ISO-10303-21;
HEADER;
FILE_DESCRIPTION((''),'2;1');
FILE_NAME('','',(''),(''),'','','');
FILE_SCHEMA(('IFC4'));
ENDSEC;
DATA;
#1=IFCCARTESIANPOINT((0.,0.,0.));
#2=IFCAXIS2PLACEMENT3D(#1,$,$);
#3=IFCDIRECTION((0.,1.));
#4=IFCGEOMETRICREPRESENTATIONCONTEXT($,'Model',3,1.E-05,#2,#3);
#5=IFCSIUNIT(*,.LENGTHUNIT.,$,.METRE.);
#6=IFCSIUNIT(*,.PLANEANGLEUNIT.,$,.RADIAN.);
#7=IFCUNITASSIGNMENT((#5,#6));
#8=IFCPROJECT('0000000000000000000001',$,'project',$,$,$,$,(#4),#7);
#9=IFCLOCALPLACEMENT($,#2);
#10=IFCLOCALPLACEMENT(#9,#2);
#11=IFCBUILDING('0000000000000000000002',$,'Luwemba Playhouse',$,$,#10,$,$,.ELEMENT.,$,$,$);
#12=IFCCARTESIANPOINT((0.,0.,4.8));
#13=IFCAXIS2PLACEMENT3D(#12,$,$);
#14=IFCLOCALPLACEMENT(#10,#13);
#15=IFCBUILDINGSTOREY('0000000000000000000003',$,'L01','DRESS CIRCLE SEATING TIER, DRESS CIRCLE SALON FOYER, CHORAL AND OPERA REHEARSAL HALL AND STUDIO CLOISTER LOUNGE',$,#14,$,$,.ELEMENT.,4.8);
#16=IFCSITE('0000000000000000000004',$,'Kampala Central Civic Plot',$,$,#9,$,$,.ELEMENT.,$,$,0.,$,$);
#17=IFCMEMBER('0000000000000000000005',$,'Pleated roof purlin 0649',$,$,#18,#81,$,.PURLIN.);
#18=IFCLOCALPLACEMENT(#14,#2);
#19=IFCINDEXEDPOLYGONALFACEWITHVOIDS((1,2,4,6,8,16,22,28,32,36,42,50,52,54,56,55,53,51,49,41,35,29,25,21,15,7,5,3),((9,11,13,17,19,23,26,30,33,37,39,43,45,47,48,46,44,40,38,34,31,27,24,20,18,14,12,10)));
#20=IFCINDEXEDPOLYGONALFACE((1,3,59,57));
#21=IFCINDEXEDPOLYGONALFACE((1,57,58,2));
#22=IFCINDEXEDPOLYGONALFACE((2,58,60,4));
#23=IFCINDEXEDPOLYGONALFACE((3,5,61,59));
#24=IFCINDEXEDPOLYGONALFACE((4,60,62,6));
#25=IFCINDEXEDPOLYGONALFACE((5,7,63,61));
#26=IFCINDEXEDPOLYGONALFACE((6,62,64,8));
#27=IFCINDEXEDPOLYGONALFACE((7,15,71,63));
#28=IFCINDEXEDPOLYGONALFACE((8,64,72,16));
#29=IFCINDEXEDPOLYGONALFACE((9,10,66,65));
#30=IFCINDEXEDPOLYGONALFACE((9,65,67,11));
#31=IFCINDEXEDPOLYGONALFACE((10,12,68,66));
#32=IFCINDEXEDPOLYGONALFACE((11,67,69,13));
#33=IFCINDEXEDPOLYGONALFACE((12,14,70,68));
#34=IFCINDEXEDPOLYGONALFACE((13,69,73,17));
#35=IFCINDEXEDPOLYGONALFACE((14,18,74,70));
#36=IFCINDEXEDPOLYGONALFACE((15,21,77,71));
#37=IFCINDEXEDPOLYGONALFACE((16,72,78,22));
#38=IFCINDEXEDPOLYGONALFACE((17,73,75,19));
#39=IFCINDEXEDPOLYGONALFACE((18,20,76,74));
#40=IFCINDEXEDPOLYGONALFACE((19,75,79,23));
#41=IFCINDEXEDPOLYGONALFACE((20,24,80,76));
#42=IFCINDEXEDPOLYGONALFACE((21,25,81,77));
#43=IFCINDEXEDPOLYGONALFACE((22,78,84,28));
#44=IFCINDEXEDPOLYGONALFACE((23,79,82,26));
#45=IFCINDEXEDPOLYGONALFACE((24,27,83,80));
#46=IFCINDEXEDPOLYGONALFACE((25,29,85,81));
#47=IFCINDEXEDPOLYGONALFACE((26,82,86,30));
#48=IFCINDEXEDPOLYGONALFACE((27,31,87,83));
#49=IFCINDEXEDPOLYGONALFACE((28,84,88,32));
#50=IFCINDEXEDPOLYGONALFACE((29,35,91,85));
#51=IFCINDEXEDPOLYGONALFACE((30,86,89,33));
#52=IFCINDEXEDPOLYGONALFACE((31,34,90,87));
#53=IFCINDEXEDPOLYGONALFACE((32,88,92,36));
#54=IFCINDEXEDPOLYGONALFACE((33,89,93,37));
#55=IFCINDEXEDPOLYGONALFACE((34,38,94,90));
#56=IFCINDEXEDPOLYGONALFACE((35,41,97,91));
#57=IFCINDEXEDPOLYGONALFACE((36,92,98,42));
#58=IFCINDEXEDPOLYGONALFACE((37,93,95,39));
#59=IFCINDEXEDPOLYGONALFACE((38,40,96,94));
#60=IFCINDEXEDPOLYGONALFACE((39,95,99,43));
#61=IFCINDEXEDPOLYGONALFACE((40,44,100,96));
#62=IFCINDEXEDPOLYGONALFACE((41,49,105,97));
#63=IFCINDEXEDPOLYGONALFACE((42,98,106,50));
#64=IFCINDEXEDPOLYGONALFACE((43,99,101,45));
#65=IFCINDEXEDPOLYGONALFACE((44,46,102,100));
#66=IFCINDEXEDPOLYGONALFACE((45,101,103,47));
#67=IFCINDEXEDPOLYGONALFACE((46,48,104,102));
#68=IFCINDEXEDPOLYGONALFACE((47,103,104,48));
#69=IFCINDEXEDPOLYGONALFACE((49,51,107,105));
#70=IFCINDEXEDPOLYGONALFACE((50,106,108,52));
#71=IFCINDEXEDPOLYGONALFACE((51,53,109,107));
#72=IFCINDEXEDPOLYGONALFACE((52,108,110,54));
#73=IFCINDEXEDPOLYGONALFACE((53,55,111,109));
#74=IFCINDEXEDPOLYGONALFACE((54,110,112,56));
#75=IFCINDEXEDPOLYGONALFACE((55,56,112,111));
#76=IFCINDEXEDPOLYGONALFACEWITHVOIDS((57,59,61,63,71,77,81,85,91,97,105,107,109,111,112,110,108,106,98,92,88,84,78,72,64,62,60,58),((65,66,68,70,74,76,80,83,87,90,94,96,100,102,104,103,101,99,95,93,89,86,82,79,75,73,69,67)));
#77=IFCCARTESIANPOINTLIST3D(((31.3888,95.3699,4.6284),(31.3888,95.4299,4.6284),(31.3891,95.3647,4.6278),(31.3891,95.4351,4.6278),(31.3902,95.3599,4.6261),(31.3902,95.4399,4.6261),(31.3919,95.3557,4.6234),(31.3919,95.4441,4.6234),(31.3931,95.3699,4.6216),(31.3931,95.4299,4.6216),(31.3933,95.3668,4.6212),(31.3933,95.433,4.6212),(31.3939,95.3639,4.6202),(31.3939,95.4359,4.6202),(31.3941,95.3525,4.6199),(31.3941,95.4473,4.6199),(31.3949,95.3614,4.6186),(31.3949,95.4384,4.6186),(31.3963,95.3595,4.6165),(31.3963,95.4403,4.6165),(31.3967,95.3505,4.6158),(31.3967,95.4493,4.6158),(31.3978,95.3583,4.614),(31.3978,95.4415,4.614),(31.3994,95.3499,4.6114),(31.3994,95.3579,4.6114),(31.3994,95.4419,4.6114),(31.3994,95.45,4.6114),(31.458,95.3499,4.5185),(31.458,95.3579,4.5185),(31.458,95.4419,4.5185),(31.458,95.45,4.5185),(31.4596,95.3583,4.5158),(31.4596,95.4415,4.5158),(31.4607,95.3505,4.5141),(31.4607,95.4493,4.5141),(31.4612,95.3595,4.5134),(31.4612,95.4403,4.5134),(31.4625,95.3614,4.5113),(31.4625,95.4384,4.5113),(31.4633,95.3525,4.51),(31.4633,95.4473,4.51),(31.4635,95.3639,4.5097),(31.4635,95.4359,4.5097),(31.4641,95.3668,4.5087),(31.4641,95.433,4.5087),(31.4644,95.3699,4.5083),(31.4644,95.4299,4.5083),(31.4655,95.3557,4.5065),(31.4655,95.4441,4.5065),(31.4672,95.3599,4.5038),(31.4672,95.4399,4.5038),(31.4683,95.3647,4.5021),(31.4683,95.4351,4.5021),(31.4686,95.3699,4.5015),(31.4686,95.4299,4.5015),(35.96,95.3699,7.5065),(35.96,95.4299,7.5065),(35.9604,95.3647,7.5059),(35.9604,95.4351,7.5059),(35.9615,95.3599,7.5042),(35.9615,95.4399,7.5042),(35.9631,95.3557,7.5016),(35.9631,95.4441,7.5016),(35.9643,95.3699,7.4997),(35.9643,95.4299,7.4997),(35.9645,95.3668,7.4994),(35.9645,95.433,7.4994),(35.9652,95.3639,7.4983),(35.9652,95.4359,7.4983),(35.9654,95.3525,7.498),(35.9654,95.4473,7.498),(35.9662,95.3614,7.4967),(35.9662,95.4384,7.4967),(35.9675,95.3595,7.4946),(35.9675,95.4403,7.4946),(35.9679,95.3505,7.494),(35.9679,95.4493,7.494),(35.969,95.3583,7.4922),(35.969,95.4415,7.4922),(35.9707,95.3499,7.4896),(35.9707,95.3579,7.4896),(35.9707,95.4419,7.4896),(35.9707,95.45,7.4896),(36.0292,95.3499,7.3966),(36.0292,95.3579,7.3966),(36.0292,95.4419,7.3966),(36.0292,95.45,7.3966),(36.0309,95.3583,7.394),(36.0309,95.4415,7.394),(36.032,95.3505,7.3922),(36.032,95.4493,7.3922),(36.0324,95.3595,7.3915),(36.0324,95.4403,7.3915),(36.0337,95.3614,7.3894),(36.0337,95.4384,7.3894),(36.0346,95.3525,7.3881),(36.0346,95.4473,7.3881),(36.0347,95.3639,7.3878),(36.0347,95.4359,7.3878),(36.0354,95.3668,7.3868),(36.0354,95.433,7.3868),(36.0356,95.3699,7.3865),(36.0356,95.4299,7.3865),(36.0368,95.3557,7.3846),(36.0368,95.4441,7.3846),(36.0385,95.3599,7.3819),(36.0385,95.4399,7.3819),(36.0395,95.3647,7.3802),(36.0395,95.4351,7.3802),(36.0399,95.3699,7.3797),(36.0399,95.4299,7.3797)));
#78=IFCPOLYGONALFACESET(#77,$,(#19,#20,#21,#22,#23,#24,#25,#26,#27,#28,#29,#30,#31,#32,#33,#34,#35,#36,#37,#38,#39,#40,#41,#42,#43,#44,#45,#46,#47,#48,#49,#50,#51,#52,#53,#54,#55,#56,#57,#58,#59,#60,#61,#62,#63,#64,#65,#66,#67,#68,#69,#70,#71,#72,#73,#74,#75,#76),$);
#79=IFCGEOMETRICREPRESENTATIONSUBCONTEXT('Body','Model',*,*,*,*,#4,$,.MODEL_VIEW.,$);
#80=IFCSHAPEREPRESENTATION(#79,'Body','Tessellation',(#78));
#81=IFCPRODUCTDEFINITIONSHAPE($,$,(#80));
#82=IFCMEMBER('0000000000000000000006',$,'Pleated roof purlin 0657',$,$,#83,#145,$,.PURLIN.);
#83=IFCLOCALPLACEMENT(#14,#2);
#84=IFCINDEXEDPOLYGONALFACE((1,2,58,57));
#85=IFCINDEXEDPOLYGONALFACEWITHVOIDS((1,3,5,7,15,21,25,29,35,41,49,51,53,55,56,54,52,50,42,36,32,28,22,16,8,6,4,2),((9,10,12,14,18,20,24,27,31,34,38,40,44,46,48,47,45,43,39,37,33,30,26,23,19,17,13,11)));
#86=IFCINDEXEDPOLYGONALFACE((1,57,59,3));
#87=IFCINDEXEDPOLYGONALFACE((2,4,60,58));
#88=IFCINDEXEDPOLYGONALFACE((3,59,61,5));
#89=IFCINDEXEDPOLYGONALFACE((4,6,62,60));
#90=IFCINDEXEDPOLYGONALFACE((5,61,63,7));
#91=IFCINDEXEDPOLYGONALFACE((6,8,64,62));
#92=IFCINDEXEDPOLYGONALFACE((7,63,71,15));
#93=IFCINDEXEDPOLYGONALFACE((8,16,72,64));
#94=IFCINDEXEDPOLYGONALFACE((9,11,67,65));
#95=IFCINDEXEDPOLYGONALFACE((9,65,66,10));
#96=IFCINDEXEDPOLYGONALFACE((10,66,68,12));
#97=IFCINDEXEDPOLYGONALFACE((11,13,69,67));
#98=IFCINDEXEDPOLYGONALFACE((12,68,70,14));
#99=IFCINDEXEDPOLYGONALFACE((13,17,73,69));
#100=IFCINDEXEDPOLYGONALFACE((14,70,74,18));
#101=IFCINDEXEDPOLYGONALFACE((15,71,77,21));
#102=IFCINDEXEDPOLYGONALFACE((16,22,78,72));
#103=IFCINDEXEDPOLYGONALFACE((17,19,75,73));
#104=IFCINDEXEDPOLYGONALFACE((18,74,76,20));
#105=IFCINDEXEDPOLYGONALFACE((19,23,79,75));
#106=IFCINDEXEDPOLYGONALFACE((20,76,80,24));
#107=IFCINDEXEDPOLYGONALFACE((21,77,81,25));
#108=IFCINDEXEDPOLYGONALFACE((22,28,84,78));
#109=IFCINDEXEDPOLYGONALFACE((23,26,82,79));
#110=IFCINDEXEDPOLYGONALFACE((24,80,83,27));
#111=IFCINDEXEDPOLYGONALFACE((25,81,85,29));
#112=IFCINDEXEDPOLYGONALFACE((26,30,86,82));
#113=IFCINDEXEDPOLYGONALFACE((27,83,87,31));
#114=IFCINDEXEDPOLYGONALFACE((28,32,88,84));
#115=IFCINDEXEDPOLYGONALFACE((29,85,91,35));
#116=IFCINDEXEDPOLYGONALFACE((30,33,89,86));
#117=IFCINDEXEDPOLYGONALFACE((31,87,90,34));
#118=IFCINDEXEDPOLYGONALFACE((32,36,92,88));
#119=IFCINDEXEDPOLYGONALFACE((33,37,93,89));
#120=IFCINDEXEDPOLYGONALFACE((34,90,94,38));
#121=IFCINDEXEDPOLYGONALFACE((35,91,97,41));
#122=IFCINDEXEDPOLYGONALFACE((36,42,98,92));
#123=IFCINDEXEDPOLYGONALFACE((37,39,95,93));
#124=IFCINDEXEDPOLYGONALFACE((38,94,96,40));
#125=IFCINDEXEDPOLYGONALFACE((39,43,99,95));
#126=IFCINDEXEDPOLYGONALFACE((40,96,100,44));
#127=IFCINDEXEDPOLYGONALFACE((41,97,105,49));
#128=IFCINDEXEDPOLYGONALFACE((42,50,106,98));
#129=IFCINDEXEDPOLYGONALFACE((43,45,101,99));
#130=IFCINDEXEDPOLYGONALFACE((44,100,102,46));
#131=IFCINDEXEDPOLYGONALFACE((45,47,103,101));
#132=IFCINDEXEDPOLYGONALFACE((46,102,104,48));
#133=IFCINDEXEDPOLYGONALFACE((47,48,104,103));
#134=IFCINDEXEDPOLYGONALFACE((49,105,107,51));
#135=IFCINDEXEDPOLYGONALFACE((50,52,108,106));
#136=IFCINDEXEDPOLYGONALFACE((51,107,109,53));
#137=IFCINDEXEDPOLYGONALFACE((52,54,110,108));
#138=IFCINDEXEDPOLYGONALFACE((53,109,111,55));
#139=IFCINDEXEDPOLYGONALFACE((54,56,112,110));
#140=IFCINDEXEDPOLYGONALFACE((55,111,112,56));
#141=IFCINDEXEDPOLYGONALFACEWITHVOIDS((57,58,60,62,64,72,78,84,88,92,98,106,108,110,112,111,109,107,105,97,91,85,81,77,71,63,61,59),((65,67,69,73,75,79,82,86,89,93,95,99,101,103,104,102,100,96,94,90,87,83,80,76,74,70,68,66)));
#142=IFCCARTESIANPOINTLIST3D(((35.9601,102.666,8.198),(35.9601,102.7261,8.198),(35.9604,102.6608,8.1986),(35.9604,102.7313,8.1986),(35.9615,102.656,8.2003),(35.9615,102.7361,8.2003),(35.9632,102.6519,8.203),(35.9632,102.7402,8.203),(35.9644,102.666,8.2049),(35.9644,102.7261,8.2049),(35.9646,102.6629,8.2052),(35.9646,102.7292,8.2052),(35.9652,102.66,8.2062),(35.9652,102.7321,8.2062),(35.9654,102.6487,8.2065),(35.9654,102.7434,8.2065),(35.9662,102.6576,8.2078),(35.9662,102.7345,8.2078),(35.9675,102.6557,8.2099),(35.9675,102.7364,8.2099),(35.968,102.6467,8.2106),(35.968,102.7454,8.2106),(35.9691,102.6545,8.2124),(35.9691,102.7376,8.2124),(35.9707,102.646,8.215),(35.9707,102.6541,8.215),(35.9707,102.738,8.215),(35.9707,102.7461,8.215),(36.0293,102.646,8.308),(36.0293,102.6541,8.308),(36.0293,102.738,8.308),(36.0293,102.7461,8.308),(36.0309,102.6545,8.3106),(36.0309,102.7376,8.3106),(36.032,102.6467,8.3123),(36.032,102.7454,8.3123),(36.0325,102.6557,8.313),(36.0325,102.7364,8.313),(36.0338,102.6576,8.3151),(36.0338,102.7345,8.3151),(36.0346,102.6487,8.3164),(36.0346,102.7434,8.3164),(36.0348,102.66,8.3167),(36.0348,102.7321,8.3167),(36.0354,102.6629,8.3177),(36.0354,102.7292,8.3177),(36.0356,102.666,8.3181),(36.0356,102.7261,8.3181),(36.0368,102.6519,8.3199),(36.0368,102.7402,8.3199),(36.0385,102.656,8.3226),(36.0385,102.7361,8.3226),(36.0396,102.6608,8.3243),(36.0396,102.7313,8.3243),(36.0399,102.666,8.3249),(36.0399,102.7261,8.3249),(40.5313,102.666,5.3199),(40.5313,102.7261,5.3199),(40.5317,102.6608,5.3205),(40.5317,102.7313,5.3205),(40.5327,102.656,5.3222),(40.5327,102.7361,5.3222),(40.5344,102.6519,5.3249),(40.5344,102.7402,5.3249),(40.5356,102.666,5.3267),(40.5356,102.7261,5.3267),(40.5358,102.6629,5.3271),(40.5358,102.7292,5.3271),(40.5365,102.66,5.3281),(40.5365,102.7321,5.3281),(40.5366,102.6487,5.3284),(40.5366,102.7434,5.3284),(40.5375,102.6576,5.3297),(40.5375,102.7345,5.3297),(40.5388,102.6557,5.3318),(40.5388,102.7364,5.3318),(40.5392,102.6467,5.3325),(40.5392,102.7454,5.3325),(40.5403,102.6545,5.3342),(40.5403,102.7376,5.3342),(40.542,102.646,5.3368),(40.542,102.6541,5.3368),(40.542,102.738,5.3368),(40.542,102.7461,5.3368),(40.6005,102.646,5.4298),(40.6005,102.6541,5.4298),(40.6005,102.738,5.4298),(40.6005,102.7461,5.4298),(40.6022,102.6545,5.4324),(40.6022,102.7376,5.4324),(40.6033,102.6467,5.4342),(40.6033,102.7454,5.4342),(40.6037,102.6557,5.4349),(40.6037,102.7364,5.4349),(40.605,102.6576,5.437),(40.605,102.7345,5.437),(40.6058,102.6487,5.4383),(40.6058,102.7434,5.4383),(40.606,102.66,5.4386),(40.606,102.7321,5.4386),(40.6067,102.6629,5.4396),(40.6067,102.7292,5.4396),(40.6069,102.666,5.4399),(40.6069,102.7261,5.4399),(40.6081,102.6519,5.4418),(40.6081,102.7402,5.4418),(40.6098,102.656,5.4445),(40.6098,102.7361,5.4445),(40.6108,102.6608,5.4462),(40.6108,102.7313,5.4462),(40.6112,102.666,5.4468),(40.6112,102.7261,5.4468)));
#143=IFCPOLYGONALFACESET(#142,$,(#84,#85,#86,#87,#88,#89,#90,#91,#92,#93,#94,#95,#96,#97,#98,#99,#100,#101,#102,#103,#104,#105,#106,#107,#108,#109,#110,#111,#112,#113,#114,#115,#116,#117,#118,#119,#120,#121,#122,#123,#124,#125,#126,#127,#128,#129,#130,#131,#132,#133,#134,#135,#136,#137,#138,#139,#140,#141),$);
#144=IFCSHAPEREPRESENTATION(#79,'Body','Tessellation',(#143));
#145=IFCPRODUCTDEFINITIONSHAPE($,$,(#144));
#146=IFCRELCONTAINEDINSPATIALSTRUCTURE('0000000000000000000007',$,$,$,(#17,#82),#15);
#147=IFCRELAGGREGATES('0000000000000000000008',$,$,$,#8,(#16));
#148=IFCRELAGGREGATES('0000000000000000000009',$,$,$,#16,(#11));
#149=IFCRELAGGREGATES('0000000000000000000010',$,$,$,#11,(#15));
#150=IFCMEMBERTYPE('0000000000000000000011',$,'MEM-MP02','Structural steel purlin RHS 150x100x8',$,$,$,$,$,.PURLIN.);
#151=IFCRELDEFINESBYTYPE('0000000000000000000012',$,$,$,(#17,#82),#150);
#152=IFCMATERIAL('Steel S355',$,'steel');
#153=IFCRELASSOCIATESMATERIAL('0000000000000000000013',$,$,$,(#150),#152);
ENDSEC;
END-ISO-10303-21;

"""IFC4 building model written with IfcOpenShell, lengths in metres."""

from ifc_helpers import new_model, si_unit, direction, frame, origin, origin_2d, place, context, subcontext, project, spatial, hollow_rectangle, extrude, material, material_profile, profile_set, type_object, element, save


model = new_model("IFC4")

# Units and contexts
model_context = context("Model", 3, precision=1e-05, world=origin(), true_north=direction((0.0, 1.0)))
body_context = subcontext(model_context, "Body", "Model", "MODEL_VIEW")
ifc_project = project(units=[si_unit("LENGTHUNIT", "METRE"), si_unit("PLANEANGLEUNIT", "RADIAN")], contexts=[model_context])

# Site, building, storey
site_placement = place(None, origin())
site = spatial("IfcSite", under=ifc_project, at=site_placement, Name="Kampala Central Civic Plot", CompositionType="ELEMENT", RefElevation=0.0)
building_placement = place(site_placement, origin())
building = spatial("IfcBuilding", under=site, at=building_placement, Name="Luwemba Playhouse", CompositionType="ELEMENT")
storey_placement = place(building_placement, frame((0.0, 0.0, 4.8)))
storey = spatial("IfcBuildingStorey", under=building, at=storey_placement, Name="L01", Description="DRESS CIRCLE SEATING TIER, DRESS CIRCLE SALON FOYER, CHORAL AND OPERA REHEARSAL HALL AND STUDIO CLOISTER LOUNGE", CompositionType="ELEMENT", Elevation=4.8)

# Shared definitions
ifc_material_1 = material(Name="Steel S355", Category="steel")

# Members
ifc_material_profile_1 = material_profile(ifc_material_1, hollow_rectangle(XDim=0.1001, YDim=0.1499, WallThickness=0.0081, InnerFilletRadius=0.012, OuterFilletRadius=0.02, at=origin_2d()))
ifc_profile_set_1 = profile_set([ifc_material_profile_1], Name="Steel S355")
member_type_1 = type_object("IfcMemberType", Name="MEM-MP02", Description="Structural steel purlin RHS 150x100x8", PredefinedType="PURLIN", material=ifc_profile_set_1)
for number, where, z_axis, x_axis, name in (
    (1, (31.4287, 95.3999, 4.5649), (0.846237, 0.0, 0.532807), (0.0, 1.0, 0.0), "Pleated roof purlin 0649"),
    (2, (36.0, 102.696, 8.2615), (0.846237, 0.0, -0.532807), (0.0, 1.0, 0.0), "Pleated roof purlin 0657"),
):
    element("IfcMember", number, at=place(storey_placement, frame(where, z_axis=z_axis, x_axis=x_axis)), inside=storey, type_object=member_type_1, Name=name, PredefinedType="PURLIN", context=body_context, shape_type="SweptSolid", body=[
        extrude(hollow_rectangle(XDim=0.1001, YDim=0.1499, WallThickness=0.0081, InnerFilletRadius=0.012, OuterFilletRadius=0.02, at=origin_2d()), origin(), (0.0, 0.0, 1.0), 5.4019),
    ])

save(model, "model.ifc")
